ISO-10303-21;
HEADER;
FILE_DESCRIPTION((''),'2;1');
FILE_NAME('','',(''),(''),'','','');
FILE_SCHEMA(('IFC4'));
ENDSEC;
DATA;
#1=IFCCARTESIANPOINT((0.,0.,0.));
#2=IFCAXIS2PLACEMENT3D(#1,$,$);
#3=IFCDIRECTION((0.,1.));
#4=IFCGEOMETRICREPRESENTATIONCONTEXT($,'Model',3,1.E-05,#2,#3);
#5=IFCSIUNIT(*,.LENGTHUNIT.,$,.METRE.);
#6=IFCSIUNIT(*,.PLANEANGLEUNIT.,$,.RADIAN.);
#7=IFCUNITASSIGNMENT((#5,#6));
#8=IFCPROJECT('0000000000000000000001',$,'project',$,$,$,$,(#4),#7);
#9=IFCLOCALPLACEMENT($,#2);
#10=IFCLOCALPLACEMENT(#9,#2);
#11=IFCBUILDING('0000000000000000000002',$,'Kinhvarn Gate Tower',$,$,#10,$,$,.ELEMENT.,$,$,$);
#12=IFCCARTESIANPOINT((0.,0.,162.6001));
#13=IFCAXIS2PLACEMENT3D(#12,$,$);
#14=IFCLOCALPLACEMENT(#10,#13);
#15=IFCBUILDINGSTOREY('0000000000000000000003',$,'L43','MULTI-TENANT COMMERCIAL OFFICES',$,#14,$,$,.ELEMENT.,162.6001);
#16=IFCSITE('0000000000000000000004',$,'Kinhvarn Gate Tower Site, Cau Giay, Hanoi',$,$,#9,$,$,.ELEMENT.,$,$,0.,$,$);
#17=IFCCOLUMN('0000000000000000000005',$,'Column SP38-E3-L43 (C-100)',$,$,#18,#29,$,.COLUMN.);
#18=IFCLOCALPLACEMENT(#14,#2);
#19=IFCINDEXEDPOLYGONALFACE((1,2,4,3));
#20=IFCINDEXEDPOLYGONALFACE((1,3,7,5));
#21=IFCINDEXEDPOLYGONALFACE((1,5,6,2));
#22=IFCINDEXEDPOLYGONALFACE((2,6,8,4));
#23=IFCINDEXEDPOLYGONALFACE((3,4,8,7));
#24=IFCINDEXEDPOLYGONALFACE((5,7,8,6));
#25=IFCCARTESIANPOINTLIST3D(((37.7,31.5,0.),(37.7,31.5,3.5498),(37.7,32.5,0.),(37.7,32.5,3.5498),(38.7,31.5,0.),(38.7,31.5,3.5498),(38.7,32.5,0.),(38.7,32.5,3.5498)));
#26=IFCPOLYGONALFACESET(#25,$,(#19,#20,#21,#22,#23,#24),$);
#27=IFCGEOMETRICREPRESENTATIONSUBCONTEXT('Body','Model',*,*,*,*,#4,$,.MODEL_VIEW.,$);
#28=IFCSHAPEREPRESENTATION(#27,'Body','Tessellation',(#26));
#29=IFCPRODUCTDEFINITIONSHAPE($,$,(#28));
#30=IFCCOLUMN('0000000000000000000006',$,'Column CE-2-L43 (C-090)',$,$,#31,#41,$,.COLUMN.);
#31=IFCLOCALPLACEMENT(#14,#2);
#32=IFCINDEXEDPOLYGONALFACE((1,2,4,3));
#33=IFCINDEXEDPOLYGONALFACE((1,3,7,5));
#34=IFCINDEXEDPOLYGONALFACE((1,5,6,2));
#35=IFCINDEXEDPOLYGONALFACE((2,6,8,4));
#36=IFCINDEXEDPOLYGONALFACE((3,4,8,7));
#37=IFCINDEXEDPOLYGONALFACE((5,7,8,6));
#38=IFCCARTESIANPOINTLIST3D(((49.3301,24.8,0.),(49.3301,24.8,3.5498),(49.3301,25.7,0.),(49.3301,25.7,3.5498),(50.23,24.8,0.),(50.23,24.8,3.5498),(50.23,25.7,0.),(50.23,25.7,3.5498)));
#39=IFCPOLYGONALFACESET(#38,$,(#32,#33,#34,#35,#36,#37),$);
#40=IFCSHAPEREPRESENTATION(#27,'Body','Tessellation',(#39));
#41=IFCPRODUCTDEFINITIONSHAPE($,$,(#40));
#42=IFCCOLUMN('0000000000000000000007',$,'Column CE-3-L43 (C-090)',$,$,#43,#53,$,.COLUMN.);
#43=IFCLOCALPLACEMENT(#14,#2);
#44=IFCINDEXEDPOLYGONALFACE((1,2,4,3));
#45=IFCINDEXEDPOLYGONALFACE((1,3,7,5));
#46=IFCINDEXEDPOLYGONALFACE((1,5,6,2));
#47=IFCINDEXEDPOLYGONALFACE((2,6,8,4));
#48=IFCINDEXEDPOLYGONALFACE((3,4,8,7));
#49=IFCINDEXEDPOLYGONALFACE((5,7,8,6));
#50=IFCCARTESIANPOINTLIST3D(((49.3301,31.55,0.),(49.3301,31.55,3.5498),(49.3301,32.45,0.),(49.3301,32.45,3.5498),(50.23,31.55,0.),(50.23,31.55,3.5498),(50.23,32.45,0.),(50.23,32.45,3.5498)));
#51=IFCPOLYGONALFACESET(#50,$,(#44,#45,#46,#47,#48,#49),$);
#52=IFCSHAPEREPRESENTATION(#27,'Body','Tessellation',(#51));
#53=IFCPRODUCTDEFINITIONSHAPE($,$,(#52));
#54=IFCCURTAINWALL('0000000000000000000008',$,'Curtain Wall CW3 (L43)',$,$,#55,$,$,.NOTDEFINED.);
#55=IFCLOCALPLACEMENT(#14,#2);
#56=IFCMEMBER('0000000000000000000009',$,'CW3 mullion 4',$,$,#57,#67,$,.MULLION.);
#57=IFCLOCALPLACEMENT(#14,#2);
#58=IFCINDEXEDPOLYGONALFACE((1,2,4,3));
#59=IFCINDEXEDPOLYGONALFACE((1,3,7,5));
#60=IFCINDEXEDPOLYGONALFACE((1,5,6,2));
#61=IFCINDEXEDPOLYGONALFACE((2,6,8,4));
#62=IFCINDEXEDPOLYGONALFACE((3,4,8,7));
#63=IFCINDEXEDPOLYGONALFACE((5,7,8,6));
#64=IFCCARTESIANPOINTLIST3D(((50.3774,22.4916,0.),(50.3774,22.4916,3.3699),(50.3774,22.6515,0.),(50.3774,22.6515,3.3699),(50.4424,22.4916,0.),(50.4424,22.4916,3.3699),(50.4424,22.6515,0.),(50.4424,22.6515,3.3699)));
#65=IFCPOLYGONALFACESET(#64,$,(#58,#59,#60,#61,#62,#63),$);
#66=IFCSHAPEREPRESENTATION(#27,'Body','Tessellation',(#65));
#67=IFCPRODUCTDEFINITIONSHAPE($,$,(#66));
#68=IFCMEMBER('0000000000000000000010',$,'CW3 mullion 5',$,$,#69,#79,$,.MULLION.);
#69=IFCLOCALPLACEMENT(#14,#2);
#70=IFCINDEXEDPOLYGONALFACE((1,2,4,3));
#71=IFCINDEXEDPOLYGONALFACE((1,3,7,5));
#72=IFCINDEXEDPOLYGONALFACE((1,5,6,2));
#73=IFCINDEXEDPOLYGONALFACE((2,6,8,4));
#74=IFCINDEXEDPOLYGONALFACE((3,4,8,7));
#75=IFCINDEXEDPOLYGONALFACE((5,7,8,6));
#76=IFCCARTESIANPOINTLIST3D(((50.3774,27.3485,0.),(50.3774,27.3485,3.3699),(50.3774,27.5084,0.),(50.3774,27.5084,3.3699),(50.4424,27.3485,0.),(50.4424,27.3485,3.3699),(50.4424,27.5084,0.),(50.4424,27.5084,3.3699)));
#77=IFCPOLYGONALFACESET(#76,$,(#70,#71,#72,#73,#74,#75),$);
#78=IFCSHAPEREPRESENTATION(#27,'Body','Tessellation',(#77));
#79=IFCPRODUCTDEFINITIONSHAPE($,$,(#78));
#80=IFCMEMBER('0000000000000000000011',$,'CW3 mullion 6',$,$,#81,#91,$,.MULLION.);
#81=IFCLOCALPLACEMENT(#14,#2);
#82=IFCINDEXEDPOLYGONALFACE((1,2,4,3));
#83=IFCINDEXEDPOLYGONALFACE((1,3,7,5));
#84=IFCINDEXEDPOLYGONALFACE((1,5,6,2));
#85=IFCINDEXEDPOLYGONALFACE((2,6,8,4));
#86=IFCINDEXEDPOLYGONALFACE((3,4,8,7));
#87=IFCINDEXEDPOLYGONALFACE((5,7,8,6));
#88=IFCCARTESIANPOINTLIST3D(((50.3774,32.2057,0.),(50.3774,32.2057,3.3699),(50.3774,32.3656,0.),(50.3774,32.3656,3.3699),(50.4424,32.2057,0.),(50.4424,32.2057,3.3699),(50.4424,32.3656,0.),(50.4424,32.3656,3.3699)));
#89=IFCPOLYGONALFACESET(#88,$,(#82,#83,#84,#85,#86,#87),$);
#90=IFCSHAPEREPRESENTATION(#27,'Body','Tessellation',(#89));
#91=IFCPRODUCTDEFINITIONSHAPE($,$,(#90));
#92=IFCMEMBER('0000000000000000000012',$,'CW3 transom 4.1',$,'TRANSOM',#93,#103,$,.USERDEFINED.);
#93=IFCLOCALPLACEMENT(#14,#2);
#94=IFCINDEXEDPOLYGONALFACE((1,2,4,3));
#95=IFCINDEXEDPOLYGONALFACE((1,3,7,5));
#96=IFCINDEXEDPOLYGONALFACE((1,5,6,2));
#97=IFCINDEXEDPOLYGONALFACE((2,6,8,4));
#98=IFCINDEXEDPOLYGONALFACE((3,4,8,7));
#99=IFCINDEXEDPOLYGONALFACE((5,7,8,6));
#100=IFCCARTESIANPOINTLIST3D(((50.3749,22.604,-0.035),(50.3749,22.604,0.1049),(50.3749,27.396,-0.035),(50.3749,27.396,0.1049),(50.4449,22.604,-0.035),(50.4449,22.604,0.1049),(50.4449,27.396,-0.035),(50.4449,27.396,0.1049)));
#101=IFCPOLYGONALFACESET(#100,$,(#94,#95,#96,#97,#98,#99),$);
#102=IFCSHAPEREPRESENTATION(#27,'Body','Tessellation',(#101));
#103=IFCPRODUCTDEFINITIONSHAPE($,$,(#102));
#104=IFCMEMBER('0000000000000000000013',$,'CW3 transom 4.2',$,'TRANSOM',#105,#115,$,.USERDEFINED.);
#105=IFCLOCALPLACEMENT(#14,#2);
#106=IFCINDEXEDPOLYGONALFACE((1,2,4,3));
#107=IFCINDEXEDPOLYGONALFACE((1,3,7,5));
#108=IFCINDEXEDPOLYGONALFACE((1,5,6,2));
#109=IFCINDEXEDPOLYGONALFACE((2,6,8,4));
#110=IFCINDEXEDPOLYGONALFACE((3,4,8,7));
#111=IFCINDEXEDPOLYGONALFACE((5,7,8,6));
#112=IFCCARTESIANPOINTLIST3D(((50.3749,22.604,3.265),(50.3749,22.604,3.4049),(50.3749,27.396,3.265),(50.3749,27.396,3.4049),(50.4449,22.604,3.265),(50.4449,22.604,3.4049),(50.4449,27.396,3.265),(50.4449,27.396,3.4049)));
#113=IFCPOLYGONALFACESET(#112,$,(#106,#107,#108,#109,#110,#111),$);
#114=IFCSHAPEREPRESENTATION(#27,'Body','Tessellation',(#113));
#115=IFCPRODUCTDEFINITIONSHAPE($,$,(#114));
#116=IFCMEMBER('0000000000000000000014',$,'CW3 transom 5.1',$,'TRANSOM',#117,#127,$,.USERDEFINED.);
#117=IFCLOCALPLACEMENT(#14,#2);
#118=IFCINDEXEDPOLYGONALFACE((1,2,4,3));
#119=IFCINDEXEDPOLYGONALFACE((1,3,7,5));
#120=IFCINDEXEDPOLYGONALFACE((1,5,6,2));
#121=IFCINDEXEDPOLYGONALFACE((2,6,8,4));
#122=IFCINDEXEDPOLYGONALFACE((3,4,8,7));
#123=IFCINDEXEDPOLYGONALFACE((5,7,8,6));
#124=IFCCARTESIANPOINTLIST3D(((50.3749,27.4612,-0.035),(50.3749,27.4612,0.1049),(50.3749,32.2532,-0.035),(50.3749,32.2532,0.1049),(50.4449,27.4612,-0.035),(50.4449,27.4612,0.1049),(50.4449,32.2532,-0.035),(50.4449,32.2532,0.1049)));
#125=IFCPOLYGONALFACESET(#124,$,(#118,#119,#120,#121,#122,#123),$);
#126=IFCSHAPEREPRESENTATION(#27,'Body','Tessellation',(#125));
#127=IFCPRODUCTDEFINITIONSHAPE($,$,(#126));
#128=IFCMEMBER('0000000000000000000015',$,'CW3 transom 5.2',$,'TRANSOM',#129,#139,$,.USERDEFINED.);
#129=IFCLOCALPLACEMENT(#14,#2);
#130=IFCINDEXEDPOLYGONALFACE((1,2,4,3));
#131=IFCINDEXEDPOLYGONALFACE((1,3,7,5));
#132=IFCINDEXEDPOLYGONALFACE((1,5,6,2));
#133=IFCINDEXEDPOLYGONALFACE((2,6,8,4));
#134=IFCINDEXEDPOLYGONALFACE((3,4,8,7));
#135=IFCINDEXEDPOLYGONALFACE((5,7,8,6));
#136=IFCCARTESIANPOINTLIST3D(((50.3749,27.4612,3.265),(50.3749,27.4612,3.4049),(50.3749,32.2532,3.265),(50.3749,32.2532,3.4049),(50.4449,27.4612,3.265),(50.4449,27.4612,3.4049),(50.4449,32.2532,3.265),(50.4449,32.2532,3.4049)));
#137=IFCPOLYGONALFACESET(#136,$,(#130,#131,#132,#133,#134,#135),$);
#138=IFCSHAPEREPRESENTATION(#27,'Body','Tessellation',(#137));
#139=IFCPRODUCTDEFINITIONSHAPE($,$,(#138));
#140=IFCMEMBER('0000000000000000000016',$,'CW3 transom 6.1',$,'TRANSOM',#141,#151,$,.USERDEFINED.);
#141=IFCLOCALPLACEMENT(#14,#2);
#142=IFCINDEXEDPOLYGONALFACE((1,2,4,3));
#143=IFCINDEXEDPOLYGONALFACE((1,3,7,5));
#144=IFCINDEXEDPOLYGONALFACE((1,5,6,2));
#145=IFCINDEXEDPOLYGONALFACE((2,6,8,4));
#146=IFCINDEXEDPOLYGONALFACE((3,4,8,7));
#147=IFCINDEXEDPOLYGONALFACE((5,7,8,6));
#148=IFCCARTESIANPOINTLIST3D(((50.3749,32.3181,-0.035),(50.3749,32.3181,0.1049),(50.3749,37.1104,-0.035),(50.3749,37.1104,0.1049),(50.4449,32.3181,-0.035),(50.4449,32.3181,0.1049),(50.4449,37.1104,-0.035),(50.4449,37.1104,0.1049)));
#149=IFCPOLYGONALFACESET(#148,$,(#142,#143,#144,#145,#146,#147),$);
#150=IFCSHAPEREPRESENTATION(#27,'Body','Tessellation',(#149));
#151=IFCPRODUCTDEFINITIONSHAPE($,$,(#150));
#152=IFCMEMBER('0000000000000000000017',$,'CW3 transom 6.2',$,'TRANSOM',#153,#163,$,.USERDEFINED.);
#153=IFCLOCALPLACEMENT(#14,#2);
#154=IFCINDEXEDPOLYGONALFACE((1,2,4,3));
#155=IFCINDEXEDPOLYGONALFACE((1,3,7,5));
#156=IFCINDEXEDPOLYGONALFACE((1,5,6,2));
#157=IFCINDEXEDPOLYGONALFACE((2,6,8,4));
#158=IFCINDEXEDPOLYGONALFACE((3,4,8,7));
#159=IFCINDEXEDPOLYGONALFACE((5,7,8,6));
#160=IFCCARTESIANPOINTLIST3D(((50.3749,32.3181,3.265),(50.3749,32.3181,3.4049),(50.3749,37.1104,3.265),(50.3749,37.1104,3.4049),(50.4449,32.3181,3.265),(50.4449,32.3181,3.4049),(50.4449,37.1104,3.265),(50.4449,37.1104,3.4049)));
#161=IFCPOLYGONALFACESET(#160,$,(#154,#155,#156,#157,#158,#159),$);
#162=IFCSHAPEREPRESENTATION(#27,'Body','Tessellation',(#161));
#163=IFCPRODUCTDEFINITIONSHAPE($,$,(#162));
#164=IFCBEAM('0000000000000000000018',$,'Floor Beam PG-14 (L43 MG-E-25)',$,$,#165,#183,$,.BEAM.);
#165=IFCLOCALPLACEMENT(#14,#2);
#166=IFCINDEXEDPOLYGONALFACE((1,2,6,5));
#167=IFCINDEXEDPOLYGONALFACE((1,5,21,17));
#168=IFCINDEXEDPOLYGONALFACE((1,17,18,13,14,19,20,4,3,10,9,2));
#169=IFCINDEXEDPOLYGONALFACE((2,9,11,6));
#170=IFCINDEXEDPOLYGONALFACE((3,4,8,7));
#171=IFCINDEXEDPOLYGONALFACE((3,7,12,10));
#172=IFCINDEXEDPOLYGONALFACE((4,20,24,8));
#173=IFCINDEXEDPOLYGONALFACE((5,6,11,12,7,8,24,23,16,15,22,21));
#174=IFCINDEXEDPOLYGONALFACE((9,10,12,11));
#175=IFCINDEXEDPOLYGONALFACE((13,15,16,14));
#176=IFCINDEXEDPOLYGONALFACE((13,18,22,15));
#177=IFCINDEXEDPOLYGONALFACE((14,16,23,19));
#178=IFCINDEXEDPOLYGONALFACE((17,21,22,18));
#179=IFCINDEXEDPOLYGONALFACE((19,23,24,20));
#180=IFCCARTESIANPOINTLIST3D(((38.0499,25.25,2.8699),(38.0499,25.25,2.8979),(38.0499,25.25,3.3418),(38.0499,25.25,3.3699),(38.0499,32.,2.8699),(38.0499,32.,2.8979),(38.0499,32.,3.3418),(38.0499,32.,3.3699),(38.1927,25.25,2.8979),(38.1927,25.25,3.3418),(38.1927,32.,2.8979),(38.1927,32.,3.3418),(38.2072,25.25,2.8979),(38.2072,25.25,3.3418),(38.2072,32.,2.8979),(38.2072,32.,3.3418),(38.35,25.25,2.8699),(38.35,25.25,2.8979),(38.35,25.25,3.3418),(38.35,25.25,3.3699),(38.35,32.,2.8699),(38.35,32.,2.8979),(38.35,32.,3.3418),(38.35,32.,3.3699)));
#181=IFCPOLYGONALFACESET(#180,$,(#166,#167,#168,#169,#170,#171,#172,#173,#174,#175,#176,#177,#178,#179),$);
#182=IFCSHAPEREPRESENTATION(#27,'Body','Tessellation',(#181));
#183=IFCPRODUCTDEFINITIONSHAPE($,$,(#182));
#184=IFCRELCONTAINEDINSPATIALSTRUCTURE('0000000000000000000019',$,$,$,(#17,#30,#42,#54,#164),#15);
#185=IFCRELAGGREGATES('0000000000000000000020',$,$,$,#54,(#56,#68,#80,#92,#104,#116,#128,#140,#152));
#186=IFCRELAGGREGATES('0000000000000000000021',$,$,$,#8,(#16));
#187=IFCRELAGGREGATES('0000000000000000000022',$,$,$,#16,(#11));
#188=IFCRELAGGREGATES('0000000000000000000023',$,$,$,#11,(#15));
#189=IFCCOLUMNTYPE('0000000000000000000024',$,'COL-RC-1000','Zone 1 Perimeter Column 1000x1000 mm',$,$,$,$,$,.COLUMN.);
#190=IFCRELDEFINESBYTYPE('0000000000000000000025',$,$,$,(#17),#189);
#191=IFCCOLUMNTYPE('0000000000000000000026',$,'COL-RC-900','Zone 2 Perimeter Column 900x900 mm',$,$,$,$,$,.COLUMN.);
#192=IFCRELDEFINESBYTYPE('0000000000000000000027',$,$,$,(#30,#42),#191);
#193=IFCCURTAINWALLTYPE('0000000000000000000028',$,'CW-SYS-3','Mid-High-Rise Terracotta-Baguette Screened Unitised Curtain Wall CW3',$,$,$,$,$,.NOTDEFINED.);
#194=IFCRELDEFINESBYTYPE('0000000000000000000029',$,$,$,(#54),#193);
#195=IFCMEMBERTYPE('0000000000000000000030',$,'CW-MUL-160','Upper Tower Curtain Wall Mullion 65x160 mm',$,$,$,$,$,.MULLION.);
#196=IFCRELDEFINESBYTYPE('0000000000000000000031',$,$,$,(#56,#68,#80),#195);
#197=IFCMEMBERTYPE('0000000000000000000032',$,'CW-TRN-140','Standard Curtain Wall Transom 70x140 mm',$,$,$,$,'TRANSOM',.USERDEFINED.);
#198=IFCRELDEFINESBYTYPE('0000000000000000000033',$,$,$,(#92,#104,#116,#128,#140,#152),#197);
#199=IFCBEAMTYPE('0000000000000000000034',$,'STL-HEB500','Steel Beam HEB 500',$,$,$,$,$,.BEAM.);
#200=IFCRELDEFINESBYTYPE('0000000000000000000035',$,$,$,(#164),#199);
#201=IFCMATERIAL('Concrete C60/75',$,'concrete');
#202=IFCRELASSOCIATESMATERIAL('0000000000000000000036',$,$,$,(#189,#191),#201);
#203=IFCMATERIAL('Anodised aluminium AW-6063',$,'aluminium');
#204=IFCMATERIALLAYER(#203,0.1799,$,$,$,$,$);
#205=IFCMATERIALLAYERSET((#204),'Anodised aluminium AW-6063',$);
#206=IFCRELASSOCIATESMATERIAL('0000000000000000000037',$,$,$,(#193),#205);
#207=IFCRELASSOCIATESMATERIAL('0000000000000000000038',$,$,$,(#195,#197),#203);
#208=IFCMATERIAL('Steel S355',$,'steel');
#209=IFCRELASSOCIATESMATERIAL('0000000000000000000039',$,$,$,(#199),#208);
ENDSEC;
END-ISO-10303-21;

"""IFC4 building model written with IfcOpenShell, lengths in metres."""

from ifc_helpers import new_model, si_unit, direction, frame, origin, origin_2d, place, context, subcontext, project, spatial, rectangle, i_section, extrude, material, layer, layer_set, material_profile, profile_set, type_object, element, aggregate, save


model = new_model("IFC4")

# Units and contexts
model_context = context("Model", 3, precision=1e-05, world=origin(), true_north=direction((0.0, 1.0)))
body_context = subcontext(model_context, "Body", "Model", "MODEL_VIEW")
ifc_project = project(units=[si_unit("LENGTHUNIT", "METRE"), si_unit("PLANEANGLEUNIT", "RADIAN")], contexts=[model_context])

# Site, building, storey
site_placement = place(None, origin())
site = spatial("IfcSite", under=ifc_project, at=site_placement, Name="Kinhvarn Gate Tower Site, Cau Giay, Hanoi", CompositionType="ELEMENT", RefElevation=0.0)
building_placement = place(site_placement, origin())
building = spatial("IfcBuilding", under=site, at=building_placement, Name="Kinhvarn Gate Tower", CompositionType="ELEMENT")
storey_placement = place(building_placement, frame((0.0, 0.0, 162.6001)))
storey = spatial("IfcBuildingStorey", under=building, at=storey_placement, Name="L43", Description="MULTI-TENANT COMMERCIAL OFFICES", CompositionType="ELEMENT", Elevation=162.6001)

# Columns
ifc_material_1 = material(Name="Concrete C60/75", Category="concrete")
ifc_material_profile_1 = material_profile(ifc_material_1, rectangle(XDim=1.0, YDim=1.0, at=origin_2d()), Name="RC 1000x1000")
ifc_profile_set_1 = profile_set([ifc_material_profile_1], Name="Concrete C60/75")
column_type_1 = type_object("IfcColumnType", Name="COL-RC-1000", Description="Zone 1 Perimeter Column 1000x1000 mm", PredefinedType="COLUMN", material=ifc_profile_set_1)
column_placement = place(storey_placement, frame((38.2, 32.0, 0.0), z_axis=(0.0, 0.0, 1.0), x_axis=(1.0, 0.0, 0.0)))
element("IfcColumn", 1, at=column_placement, inside=storey, type_object=column_type_1, Name="Column SP38-E3-L43 (C-100)", PredefinedType="COLUMN", context=body_context, shape_type="SweptSolid", body=[
    extrude(rectangle(XDim=1.0, YDim=1.0, at=origin_2d()), origin(), (0.0, 0.0, 1.0), 3.5498),
])
ifc_material_profile_2 = material_profile(ifc_material_1, rectangle(XDim=0.8999, YDim=0.8999, at=origin_2d()), Name="RC 900x900")
ifc_profile_set_2 = profile_set([ifc_material_profile_2], Name="Concrete C60/75")
column_type_2 = type_object("IfcColumnType", Name="COL-RC-900", Description="Zone 2 Perimeter Column 900x900 mm", PredefinedType="COLUMN", material=ifc_profile_set_2)
for number, where, z_axis, x_axis, name in (
    (2, (49.78, 25.25, 0.0), (0.0, 0.0, 1.0), (1.0, 0.0, 0.0), "Column CE-2-L43 (C-090)"),
    (3, (49.78, 32.0, 0.0), (0.0, 0.0, 1.0), (1.0, 0.0, 0.0), "Column CE-3-L43 (C-090)"),
):
    element("IfcColumn", number, at=place(storey_placement, frame(where, z_axis=z_axis, x_axis=x_axis)), inside=storey, type_object=column_type_2, Name=name, PredefinedType="COLUMN", context=body_context, shape_type="SweptSolid", body=[
        extrude(rectangle(XDim=0.8999, YDim=0.8999, at=origin_2d()), origin(), (0.0, 0.0, 1.0), 3.5498),
    ])

# Curtain wall, members
ifc_material_2 = material(Name="Anodised aluminium AW-6063", Category="aluminium")
ifc_layer_1 = layer(ifc_material_2, 0.1799)
ifc_layer_set_1 = layer_set([ifc_layer_1], Name="Anodised aluminium AW-6063")
curtain_wall_type = type_object("IfcCurtainWallType", Name="CW-SYS-3", Description="Mid-High-Rise Terracotta-Baguette Screened Unitised Curtain Wall CW3", PredefinedType="NOTDEFINED", material=ifc_layer_set_1)
curtain_wall_placement = place(storey_placement, origin())
curtain_wall = element("IfcCurtainWall", 4, at=curtain_wall_placement, inside=storey, type_object=curtain_wall_type, Name="Curtain Wall CW3 (L43)", PredefinedType="NOTDEFINED")
ifc_material_profile_3 = material_profile(ifc_material_2, rectangle(XDim=0.0649, YDim=0.1599, at=origin_2d()), Name="ALU 65x160")
ifc_profile_set_3 = profile_set([ifc_material_profile_3], Name="Anodised aluminium AW-6063")
member_type_1 = type_object("IfcMemberType", Name="CW-MUL-160", Description="Upper Tower Curtain Wall Mullion 65x160 mm", PredefinedType="MULLION", material=ifc_profile_set_3)
member_1_placement = place(storey_placement, frame((50.4099, 22.5715, 0.0), z_axis=(0.0, 0.0, 1.0), x_axis=(-1.0, 0.0, 0.0)))
member_1 = element("IfcMember", 5, at=member_1_placement, type_object=member_type_1, Name="CW3 mullion 4", PredefinedType="MULLION", context=body_context, shape_type="SweptSolid", body=[
    extrude(rectangle(XDim=0.0649, YDim=0.1599, at=origin_2d()), origin(), (0.0, 0.0, 1.0), 3.3699),
])
member_2_placement = place(storey_placement, frame((50.4099, 27.4285, 0.0), z_axis=(0.0, 0.0, 1.0), x_axis=(-1.0, 0.0, 0.0)))
member_2 = element("IfcMember", 6, at=member_2_placement, type_object=member_type_1, Name="CW3 mullion 5", PredefinedType="MULLION", context=body_context, shape_type="SweptSolid", body=[
    extrude(rectangle(XDim=0.0649, YDim=0.1599, at=origin_2d()), origin(), (0.0, 0.0, 1.0), 3.3699),
])
member_3_placement = place(storey_placement, frame((50.4099, 32.2856, 0.0), z_axis=(0.0, 0.0, 1.0), x_axis=(-1.0, 0.0, 0.0)))
member_3 = element("IfcMember", 7, at=member_3_placement, type_object=member_type_1, Name="CW3 mullion 6", PredefinedType="MULLION", context=body_context, shape_type="SweptSolid", body=[
    extrude(rectangle(XDim=0.0649, YDim=0.1599, at=origin_2d()), origin(), (0.0, 0.0, 1.0), 3.3699),
])
ifc_material_profile_4 = material_profile(ifc_material_2, rectangle(XDim=0.0701, YDim=0.1399, at=origin_2d()), Name="ALU 70x140")
ifc_profile_set_4 = profile_set([ifc_material_profile_4], Name="Anodised aluminium AW-6063")
member_type_2 = type_object("IfcMemberType", Name="CW-TRN-140", Description="Standard Curtain Wall Transom 70x140 mm", ElementType="TRANSOM", PredefinedType="USERDEFINED", material=ifc_profile_set_4)
member_4_placement = place(storey_placement, frame((50.4099, 22.604, 0.0349), z_axis=(0.0, 1.0, 0.0), x_axis=(-1.0, 0.0, 0.0)))
member_4 = element("IfcMember", 8, at=member_4_placement, type_object=member_type_2, Name="CW3 transom 4.1", ObjectType="TRANSOM", PredefinedType="USERDEFINED", context=body_context, shape_type="SweptSolid", body=[
    extrude(rectangle(XDim=0.0701, YDim=0.1399, at=origin_2d()), origin(), (0.0, 0.0, 1.0), 4.792),
])
member_5_placement = place(storey_placement, frame((50.4099, 22.604, 3.335), z_axis=(0.0, 1.0, 0.0), x_axis=(-1.0, 0.0, 0.0)))
member_5 = element("IfcMember", 9, at=member_5_placement, type_object=member_type_2, Name="CW3 transom 4.2", ObjectType="TRANSOM", PredefinedType="USERDEFINED", context=body_context, shape_type="SweptSolid", body=[
    extrude(rectangle(XDim=0.0701, YDim=0.1399, at=origin_2d()), origin(), (0.0, 0.0, 1.0), 4.792),
])
member_6_placement = place(storey_placement, frame((50.4099, 27.4612, 0.0349), z_axis=(0.0, 1.0, 0.0), x_axis=(-1.0, 0.0, 0.0)))
member_6 = element("IfcMember", 10, at=member_6_placement, type_object=member_type_2, Name="CW3 transom 5.1", ObjectType="TRANSOM", PredefinedType="USERDEFINED", context=body_context, shape_type="SweptSolid", body=[
    extrude(rectangle(XDim=0.0701, YDim=0.1399, at=origin_2d()), origin(), (0.0, 0.0, 1.0), 4.792),
])
member_7_placement = place(storey_placement, frame((50.4099, 27.4612, 3.335), z_axis=(0.0, 1.0, 0.0), x_axis=(-1.0, 0.0, 0.0)))
member_7 = element("IfcMember", 11, at=member_7_placement, type_object=member_type_2, Name="CW3 transom 5.2", ObjectType="TRANSOM", PredefinedType="USERDEFINED", context=body_context, shape_type="SweptSolid", body=[
    extrude(rectangle(XDim=0.0701, YDim=0.1399, at=origin_2d()), origin(), (0.0, 0.0, 1.0), 4.792),
])
member_8_placement = place(storey_placement, frame((50.4099, 32.3181, 0.0349), z_axis=(0.0, 1.0, 0.0), x_axis=(-1.0, 0.0, 0.0)))
member_8 = element("IfcMember", 12, at=member_8_placement, type_object=member_type_2, Name="CW3 transom 6.1", ObjectType="TRANSOM", PredefinedType="USERDEFINED", context=body_context, shape_type="SweptSolid", body=[
    extrude(rectangle(XDim=0.0701, YDim=0.1399, at=origin_2d()), origin(), (0.0, 0.0, 1.0), 4.7922),
])
member_9_placement = place(storey_placement, frame((50.4099, 32.3181, 3.335), z_axis=(0.0, 1.0, 0.0), x_axis=(-1.0, 0.0, 0.0)))
member_9 = element("IfcMember", 13, at=member_9_placement, type_object=member_type_2, Name="CW3 transom 6.2", ObjectType="TRANSOM", PredefinedType="USERDEFINED", context=body_context, shape_type="SweptSolid", body=[
    extrude(rectangle(XDim=0.0701, YDim=0.1399, at=origin_2d()), origin(), (0.0, 0.0, 1.0), 4.7922),
])

# Beam
ifc_material_3 = material(Name="Steel S355", Category="steel")
ifc_material_profile_5 = material_profile(ifc_material_3, i_section(OverallWidth=0.3, OverallDepth=0.5, WebThickness=0.0144, FlangeThickness=0.0281, at=origin_2d()), Name="HEB 500")
ifc_profile_set_5 = profile_set([ifc_material_profile_5], Name="Steel S355")
beam_type_1 = type_object("IfcBeamType", Name="STL-HEB500", Description="Steel Beam HEB 500", PredefinedType="BEAM", material=ifc_profile_set_5)
beam_1_placement = place(storey_placement, frame((38.2, 25.25, 3.1199), z_axis=(0.0, 1.0, 0.0), x_axis=(-1.0, 0.0, 0.0)))
element("IfcBeam", 14, at=beam_1_placement, inside=storey, type_object=beam_type_1, Name="Floor Beam PG-14 (L43 MG-E-25)", PredefinedType="BEAM", context=body_context, shape_type="SweptSolid", body=[
    extrude(i_section(OverallWidth=0.3, OverallDepth=0.5, WebThickness=0.0144, FlangeThickness=0.0281, at=origin_2d()), origin(), (0.0, 0.0, 1.0), 6.75),
])

aggregate(curtain_wall, [member_1, member_2, member_3, member_4, member_5, member_6, member_7, member_8, member_9])

save(model, "model.ifc")
